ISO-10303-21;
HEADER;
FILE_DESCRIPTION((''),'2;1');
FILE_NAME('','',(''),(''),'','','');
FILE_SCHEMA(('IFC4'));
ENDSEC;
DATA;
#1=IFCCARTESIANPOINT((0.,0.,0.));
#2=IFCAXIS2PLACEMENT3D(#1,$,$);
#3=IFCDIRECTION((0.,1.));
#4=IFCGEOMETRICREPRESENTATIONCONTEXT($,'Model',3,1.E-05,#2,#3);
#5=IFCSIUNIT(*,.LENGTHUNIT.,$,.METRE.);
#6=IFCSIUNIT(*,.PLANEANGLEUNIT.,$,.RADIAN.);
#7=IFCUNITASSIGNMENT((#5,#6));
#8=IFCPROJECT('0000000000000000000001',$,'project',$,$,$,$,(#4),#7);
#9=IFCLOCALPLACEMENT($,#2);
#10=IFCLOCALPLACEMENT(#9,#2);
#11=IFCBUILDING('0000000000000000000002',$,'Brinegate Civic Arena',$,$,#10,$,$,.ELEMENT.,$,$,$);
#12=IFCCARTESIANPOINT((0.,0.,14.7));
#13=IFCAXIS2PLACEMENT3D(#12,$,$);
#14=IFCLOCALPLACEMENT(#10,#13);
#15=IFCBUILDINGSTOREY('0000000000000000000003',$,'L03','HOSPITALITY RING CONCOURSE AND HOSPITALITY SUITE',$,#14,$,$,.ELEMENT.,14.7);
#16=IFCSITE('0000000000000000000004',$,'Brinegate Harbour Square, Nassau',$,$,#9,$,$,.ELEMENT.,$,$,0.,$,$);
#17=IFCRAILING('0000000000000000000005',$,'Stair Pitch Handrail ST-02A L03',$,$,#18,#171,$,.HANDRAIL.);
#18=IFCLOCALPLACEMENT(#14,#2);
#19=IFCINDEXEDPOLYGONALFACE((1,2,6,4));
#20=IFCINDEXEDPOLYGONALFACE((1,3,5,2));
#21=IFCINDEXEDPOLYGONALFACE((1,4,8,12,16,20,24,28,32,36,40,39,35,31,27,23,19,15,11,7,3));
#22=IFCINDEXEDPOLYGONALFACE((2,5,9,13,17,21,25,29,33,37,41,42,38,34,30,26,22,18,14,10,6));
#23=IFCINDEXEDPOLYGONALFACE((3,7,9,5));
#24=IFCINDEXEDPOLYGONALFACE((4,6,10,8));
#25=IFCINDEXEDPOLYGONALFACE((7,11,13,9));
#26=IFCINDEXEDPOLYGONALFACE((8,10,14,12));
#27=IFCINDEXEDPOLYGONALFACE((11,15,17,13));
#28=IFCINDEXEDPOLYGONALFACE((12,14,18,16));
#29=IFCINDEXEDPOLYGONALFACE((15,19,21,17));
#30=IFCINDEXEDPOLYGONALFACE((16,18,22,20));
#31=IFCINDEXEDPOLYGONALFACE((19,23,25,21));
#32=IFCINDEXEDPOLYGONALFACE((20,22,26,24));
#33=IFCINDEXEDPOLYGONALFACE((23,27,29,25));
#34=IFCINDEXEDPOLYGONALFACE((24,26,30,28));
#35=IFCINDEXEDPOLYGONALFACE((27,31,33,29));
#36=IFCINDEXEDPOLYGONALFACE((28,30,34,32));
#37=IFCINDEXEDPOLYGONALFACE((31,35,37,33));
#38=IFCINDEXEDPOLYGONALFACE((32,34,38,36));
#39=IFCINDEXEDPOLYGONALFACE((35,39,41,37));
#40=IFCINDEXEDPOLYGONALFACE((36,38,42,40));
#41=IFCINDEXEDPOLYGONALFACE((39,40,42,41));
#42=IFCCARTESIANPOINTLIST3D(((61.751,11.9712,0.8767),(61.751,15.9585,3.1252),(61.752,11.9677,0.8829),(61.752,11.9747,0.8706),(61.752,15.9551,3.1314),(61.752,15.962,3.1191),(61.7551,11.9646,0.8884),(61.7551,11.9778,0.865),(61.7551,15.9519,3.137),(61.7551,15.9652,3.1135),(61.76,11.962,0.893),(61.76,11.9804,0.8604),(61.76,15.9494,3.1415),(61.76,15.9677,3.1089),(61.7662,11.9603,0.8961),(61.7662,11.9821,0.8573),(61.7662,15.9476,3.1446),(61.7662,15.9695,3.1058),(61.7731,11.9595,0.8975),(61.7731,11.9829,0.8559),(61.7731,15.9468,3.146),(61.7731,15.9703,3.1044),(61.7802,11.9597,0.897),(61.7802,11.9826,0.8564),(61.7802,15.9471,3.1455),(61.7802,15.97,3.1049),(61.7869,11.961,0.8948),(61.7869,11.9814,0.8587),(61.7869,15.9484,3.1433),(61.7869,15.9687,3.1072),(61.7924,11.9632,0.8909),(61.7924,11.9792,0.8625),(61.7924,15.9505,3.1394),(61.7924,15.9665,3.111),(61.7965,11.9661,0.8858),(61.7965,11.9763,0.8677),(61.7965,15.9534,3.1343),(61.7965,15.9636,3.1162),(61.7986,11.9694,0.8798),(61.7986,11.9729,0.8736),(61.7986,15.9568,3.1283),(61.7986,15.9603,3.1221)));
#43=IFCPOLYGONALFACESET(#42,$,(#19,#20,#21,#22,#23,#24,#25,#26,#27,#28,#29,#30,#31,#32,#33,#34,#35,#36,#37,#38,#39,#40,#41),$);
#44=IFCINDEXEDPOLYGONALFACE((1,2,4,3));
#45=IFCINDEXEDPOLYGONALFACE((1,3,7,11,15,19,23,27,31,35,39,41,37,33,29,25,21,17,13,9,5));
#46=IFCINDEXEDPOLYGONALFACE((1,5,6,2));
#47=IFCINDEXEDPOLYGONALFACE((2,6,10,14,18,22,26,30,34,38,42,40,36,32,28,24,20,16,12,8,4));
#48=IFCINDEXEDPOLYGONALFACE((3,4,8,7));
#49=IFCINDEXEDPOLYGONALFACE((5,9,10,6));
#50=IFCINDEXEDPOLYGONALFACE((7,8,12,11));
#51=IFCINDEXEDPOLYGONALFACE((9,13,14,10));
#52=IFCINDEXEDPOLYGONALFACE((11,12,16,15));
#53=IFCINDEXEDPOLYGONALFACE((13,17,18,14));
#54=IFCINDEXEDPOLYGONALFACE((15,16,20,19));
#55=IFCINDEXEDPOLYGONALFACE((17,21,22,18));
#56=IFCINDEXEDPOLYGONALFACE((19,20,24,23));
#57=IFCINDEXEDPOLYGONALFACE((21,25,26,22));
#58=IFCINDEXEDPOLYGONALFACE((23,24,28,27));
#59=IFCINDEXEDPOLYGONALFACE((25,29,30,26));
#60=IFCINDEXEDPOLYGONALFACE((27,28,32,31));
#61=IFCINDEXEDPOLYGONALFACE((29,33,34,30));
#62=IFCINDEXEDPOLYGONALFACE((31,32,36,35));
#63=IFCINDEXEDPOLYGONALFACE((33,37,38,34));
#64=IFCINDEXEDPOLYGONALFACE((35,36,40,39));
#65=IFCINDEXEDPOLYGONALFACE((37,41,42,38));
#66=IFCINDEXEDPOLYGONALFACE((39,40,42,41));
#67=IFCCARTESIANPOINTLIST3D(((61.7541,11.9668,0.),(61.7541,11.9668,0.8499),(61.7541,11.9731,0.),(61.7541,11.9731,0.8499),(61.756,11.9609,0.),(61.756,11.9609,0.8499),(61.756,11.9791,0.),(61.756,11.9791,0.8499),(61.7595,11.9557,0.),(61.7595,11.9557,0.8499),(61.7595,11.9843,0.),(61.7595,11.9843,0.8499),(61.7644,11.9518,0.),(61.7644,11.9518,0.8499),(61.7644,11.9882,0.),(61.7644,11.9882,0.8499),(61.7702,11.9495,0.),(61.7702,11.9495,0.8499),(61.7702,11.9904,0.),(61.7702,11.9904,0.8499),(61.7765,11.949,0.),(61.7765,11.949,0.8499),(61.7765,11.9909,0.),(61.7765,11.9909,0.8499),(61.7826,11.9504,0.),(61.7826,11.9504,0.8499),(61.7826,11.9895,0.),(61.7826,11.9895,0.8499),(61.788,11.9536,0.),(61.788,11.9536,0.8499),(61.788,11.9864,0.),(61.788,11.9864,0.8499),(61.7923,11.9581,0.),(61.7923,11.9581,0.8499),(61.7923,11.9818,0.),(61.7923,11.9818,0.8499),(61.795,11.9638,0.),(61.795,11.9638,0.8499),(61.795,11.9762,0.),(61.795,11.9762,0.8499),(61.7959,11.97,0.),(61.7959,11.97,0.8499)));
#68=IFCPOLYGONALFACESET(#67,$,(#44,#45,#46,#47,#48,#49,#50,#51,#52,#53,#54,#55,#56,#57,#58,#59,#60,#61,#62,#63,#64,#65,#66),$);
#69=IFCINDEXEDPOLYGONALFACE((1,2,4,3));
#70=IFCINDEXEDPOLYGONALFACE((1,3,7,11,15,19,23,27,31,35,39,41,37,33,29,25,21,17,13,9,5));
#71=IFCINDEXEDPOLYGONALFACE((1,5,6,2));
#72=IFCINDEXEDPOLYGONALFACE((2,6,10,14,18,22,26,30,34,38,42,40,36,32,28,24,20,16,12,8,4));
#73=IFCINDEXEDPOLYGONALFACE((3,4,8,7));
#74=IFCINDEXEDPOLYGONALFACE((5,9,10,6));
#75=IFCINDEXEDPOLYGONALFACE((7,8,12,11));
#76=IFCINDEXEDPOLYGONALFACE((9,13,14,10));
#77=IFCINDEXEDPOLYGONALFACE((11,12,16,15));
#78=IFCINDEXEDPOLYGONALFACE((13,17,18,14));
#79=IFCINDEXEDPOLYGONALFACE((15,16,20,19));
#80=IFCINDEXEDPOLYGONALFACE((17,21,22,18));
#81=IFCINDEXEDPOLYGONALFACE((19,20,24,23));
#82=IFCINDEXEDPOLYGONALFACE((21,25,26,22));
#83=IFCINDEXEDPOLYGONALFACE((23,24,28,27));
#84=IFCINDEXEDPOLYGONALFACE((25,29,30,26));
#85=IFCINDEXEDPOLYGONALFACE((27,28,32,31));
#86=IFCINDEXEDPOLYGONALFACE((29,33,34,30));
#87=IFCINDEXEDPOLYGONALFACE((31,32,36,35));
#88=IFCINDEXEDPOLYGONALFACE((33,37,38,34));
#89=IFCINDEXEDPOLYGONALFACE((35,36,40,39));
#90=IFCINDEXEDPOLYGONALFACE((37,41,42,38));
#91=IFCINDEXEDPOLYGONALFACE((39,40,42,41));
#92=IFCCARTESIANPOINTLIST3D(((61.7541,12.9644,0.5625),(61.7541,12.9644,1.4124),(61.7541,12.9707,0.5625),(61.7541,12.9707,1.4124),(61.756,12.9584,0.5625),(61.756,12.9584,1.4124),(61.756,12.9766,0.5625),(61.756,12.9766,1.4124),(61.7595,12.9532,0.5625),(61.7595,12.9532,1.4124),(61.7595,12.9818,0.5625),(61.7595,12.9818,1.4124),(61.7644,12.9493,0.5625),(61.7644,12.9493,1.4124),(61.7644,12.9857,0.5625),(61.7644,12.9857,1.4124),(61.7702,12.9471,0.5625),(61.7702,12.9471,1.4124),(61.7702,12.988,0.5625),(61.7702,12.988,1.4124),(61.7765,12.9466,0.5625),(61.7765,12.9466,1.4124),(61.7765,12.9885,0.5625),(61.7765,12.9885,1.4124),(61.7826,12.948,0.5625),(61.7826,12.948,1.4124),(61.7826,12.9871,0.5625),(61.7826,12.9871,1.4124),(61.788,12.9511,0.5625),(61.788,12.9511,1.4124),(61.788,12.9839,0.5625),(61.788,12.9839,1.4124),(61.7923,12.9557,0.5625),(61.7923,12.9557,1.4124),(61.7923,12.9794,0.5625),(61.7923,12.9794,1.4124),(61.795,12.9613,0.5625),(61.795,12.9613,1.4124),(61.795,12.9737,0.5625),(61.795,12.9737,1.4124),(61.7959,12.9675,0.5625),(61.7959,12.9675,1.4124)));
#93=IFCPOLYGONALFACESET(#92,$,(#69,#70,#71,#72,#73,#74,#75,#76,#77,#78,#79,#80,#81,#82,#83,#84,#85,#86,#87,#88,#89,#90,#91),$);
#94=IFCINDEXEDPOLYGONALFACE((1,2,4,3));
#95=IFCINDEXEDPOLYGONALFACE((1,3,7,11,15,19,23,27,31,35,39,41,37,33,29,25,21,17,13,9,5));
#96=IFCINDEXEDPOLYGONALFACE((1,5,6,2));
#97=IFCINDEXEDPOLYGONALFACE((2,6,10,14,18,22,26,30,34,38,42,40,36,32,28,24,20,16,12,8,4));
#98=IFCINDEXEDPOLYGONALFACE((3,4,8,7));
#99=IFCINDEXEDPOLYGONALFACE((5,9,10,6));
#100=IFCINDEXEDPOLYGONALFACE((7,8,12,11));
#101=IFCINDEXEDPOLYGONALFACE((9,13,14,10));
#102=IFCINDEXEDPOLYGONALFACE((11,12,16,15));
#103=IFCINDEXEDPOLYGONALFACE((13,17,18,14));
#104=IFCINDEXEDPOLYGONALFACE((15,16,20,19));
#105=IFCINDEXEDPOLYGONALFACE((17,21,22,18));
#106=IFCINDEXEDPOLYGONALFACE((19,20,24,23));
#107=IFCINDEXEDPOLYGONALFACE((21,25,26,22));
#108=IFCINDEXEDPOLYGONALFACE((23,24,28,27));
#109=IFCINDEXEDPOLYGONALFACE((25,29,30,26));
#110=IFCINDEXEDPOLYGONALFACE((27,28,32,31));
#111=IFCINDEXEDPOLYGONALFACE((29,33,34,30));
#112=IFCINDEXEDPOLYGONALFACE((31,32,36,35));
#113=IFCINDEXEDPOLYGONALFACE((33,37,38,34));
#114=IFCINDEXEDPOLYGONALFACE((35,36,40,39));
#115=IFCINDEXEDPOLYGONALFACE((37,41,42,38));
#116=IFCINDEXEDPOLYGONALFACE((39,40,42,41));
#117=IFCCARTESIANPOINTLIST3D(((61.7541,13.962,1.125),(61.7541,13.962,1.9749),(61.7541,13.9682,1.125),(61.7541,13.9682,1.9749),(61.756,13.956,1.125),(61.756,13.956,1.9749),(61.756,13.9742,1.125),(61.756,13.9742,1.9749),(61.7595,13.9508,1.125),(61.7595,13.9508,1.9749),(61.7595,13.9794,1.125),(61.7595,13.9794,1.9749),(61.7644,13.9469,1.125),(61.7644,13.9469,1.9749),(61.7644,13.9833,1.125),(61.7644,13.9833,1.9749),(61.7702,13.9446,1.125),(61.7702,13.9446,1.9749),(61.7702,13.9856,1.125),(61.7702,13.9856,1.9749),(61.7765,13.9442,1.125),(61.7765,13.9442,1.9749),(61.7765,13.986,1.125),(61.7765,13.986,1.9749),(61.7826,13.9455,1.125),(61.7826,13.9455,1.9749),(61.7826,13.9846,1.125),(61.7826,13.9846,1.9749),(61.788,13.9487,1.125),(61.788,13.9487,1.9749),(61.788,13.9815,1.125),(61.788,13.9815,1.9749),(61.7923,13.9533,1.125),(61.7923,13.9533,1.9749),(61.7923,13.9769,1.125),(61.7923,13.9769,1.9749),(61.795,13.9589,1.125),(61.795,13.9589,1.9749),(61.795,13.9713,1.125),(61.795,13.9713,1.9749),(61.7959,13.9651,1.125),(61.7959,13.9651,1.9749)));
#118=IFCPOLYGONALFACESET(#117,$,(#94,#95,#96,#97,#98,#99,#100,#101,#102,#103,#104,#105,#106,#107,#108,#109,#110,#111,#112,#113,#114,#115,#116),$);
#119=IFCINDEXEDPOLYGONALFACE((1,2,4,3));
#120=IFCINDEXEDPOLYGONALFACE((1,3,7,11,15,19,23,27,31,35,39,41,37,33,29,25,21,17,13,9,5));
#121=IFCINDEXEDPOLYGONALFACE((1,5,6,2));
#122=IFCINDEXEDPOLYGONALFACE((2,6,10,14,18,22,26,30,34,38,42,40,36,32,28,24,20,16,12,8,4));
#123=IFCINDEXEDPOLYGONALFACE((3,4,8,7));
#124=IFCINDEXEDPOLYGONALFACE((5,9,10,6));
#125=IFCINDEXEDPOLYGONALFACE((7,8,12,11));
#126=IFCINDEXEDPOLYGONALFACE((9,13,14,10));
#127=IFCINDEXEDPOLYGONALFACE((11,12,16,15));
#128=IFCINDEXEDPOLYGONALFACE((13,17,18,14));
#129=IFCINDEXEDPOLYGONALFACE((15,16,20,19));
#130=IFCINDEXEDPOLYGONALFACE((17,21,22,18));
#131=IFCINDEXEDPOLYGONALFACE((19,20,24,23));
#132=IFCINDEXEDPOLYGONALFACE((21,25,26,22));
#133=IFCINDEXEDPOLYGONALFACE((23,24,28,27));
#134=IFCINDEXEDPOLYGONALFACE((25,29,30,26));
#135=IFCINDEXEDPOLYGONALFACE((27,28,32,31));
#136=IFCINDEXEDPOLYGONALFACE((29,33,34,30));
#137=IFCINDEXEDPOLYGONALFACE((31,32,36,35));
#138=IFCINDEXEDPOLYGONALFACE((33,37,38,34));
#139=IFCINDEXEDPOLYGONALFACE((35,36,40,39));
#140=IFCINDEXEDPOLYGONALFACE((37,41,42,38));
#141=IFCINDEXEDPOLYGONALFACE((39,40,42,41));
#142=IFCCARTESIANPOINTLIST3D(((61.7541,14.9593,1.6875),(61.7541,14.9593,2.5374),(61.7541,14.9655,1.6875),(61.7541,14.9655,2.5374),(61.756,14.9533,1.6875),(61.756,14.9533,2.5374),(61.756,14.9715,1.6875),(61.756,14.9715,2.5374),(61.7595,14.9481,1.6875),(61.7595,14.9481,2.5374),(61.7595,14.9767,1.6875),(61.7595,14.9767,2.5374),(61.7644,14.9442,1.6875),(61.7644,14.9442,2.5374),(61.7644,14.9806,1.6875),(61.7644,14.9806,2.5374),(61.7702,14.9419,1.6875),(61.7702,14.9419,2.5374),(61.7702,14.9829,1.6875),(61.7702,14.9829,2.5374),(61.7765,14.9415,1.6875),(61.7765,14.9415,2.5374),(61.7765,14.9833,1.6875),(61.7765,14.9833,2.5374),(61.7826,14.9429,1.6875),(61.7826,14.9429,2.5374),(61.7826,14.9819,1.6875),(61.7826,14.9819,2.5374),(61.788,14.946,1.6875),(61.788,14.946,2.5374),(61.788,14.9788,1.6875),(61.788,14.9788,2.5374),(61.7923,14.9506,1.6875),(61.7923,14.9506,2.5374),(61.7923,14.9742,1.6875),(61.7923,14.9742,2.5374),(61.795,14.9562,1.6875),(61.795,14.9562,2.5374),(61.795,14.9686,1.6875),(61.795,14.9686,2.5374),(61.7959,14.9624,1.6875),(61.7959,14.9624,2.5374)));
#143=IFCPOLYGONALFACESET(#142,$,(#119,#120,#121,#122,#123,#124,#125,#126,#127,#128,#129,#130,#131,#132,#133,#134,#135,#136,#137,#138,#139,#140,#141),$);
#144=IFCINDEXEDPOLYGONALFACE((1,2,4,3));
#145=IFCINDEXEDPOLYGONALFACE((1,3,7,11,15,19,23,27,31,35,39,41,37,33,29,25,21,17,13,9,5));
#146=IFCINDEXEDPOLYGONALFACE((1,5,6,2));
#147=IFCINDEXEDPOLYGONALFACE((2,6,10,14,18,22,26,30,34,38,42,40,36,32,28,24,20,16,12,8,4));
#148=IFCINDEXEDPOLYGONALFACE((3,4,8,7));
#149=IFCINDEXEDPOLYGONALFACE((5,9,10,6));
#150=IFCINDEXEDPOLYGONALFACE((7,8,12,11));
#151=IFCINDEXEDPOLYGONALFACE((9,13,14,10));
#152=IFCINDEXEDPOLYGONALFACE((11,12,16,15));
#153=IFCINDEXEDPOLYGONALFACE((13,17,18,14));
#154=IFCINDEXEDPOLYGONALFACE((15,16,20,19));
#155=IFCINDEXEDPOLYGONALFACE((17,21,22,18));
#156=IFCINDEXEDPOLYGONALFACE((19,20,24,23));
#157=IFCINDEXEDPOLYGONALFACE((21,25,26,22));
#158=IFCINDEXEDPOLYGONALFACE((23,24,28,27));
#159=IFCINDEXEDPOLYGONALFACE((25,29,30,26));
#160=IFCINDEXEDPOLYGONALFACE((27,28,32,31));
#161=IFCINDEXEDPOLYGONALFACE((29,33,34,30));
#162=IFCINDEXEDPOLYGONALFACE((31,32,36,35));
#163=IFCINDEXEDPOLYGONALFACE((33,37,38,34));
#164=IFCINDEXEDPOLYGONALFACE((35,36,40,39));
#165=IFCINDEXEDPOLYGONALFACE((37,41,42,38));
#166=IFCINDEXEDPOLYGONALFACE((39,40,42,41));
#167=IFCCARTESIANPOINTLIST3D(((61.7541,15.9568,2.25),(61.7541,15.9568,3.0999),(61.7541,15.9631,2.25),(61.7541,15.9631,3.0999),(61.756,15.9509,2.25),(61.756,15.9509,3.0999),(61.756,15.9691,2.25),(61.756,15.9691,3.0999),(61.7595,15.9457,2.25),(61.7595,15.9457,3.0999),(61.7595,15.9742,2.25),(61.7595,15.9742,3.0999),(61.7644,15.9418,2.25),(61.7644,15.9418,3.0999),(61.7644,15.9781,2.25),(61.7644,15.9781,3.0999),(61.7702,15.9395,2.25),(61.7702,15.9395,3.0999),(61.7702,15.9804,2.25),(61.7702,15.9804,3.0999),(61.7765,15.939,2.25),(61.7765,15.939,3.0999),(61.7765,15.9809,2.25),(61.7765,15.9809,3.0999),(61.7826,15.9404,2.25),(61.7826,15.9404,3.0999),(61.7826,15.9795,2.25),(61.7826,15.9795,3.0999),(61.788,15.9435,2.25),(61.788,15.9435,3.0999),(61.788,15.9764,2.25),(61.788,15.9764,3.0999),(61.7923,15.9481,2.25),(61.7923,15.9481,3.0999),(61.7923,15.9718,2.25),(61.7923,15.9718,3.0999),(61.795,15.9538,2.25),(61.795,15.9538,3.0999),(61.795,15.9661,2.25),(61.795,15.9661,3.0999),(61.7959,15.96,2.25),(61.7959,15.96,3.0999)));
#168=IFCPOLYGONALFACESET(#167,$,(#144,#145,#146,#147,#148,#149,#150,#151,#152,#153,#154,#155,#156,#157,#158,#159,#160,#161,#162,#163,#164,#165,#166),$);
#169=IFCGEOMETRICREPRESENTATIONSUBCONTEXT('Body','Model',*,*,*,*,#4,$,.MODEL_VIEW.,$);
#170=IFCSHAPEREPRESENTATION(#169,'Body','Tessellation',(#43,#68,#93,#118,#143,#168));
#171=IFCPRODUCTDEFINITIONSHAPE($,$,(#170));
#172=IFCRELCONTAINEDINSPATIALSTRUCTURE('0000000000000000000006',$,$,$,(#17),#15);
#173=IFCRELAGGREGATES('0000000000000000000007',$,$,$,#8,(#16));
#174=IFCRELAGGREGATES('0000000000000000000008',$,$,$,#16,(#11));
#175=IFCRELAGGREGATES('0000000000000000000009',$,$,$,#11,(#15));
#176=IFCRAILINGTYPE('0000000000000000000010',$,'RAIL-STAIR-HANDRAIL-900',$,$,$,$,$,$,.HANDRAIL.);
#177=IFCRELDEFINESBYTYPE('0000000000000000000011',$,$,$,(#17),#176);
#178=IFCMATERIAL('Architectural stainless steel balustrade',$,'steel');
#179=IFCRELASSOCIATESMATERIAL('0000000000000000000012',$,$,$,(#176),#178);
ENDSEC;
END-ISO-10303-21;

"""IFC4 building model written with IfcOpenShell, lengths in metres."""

from ifc_helpers import new_model, si_unit, direction, frame, origin, origin_2d, place, context, subcontext, project, spatial, circle, extrude, material, type_object, element, save


model = new_model("IFC4")

# Units and contexts
model_context = context("Model", 3, precision=1e-05, world=origin(), true_north=direction((0.0, 1.0)))
body_context = subcontext(model_context, "Body", "Model", "MODEL_VIEW")
ifc_project = project(units=[si_unit("LENGTHUNIT", "METRE"), si_unit("PLANEANGLEUNIT", "RADIAN")], contexts=[model_context])

# Site, building, storey
site_placement = place(None, origin())
site = spatial("IfcSite", under=ifc_project, at=site_placement, Name="Brinegate Harbour Square, Nassau", CompositionType="ELEMENT", RefElevation=0.0)
building_placement = place(site_placement, origin())
building = spatial("IfcBuilding", under=site, at=building_placement, Name="Brinegate Civic Arena", CompositionType="ELEMENT")
storey_placement = place(building_placement, frame((0.0, 0.0, 14.7)))
storey = spatial("IfcBuildingStorey", under=building, at=storey_placement, Name="L03", Description="HOSPITALITY RING CONCOURSE AND HOSPITALITY SUITE", CompositionType="ELEMENT", Elevation=14.7)

# Railing
ifc_material_1 = material(Name="Architectural stainless steel balustrade", Category="steel")
railing_type_1 = type_object("IfcRailingType", Name="RAIL-STAIR-HANDRAIL-900", PredefinedType="HANDRAIL", material=ifc_material_1)
railing_1_placement = place(storey_placement, frame((61.7749, 11.97, 0.0)))
element("IfcRailing", 1, at=railing_1_placement, inside=storey, type_object=railing_type_1, Name="Stair Pitch Handrail ST-02A L03", PredefinedType="HANDRAIL", context=body_context, shape_type="SweptSolid", body=[
    extrude(circle(Radius=0.0239, at=origin_2d()), frame((0.0, 0.0012, 0.8767), z_axis=(0.0, 0.87105, 0.491195), x_axis=(-1.0, 0.0, 0.0)), (0.0, 0.0, 1.0), 4.5776),
    extrude(circle(Radius=0.021, at=origin_2d()), origin(), (0.0, 0.0, 1.0), 0.8499),
    extrude(circle(Radius=0.021, at=origin_2d()), frame((0.0, 0.9976, 0.5625)), (0.0, 0.0, 1.0), 0.8499),
    extrude(circle(Radius=0.021, at=origin_2d()), frame((0.0, 1.9951, 1.125)), (0.0, 0.0, 1.0), 0.8499),
    extrude(circle(Radius=0.021, at=origin_2d()), frame((0.0, 2.9924, 1.6875)), (0.0, 0.0, 1.0), 0.8499),
    extrude(circle(Radius=0.021, at=origin_2d()), frame((0.0, 3.99, 2.25)), (0.0, 0.0, 1.0), 0.8499),
])

save(model, "model.ifc")
